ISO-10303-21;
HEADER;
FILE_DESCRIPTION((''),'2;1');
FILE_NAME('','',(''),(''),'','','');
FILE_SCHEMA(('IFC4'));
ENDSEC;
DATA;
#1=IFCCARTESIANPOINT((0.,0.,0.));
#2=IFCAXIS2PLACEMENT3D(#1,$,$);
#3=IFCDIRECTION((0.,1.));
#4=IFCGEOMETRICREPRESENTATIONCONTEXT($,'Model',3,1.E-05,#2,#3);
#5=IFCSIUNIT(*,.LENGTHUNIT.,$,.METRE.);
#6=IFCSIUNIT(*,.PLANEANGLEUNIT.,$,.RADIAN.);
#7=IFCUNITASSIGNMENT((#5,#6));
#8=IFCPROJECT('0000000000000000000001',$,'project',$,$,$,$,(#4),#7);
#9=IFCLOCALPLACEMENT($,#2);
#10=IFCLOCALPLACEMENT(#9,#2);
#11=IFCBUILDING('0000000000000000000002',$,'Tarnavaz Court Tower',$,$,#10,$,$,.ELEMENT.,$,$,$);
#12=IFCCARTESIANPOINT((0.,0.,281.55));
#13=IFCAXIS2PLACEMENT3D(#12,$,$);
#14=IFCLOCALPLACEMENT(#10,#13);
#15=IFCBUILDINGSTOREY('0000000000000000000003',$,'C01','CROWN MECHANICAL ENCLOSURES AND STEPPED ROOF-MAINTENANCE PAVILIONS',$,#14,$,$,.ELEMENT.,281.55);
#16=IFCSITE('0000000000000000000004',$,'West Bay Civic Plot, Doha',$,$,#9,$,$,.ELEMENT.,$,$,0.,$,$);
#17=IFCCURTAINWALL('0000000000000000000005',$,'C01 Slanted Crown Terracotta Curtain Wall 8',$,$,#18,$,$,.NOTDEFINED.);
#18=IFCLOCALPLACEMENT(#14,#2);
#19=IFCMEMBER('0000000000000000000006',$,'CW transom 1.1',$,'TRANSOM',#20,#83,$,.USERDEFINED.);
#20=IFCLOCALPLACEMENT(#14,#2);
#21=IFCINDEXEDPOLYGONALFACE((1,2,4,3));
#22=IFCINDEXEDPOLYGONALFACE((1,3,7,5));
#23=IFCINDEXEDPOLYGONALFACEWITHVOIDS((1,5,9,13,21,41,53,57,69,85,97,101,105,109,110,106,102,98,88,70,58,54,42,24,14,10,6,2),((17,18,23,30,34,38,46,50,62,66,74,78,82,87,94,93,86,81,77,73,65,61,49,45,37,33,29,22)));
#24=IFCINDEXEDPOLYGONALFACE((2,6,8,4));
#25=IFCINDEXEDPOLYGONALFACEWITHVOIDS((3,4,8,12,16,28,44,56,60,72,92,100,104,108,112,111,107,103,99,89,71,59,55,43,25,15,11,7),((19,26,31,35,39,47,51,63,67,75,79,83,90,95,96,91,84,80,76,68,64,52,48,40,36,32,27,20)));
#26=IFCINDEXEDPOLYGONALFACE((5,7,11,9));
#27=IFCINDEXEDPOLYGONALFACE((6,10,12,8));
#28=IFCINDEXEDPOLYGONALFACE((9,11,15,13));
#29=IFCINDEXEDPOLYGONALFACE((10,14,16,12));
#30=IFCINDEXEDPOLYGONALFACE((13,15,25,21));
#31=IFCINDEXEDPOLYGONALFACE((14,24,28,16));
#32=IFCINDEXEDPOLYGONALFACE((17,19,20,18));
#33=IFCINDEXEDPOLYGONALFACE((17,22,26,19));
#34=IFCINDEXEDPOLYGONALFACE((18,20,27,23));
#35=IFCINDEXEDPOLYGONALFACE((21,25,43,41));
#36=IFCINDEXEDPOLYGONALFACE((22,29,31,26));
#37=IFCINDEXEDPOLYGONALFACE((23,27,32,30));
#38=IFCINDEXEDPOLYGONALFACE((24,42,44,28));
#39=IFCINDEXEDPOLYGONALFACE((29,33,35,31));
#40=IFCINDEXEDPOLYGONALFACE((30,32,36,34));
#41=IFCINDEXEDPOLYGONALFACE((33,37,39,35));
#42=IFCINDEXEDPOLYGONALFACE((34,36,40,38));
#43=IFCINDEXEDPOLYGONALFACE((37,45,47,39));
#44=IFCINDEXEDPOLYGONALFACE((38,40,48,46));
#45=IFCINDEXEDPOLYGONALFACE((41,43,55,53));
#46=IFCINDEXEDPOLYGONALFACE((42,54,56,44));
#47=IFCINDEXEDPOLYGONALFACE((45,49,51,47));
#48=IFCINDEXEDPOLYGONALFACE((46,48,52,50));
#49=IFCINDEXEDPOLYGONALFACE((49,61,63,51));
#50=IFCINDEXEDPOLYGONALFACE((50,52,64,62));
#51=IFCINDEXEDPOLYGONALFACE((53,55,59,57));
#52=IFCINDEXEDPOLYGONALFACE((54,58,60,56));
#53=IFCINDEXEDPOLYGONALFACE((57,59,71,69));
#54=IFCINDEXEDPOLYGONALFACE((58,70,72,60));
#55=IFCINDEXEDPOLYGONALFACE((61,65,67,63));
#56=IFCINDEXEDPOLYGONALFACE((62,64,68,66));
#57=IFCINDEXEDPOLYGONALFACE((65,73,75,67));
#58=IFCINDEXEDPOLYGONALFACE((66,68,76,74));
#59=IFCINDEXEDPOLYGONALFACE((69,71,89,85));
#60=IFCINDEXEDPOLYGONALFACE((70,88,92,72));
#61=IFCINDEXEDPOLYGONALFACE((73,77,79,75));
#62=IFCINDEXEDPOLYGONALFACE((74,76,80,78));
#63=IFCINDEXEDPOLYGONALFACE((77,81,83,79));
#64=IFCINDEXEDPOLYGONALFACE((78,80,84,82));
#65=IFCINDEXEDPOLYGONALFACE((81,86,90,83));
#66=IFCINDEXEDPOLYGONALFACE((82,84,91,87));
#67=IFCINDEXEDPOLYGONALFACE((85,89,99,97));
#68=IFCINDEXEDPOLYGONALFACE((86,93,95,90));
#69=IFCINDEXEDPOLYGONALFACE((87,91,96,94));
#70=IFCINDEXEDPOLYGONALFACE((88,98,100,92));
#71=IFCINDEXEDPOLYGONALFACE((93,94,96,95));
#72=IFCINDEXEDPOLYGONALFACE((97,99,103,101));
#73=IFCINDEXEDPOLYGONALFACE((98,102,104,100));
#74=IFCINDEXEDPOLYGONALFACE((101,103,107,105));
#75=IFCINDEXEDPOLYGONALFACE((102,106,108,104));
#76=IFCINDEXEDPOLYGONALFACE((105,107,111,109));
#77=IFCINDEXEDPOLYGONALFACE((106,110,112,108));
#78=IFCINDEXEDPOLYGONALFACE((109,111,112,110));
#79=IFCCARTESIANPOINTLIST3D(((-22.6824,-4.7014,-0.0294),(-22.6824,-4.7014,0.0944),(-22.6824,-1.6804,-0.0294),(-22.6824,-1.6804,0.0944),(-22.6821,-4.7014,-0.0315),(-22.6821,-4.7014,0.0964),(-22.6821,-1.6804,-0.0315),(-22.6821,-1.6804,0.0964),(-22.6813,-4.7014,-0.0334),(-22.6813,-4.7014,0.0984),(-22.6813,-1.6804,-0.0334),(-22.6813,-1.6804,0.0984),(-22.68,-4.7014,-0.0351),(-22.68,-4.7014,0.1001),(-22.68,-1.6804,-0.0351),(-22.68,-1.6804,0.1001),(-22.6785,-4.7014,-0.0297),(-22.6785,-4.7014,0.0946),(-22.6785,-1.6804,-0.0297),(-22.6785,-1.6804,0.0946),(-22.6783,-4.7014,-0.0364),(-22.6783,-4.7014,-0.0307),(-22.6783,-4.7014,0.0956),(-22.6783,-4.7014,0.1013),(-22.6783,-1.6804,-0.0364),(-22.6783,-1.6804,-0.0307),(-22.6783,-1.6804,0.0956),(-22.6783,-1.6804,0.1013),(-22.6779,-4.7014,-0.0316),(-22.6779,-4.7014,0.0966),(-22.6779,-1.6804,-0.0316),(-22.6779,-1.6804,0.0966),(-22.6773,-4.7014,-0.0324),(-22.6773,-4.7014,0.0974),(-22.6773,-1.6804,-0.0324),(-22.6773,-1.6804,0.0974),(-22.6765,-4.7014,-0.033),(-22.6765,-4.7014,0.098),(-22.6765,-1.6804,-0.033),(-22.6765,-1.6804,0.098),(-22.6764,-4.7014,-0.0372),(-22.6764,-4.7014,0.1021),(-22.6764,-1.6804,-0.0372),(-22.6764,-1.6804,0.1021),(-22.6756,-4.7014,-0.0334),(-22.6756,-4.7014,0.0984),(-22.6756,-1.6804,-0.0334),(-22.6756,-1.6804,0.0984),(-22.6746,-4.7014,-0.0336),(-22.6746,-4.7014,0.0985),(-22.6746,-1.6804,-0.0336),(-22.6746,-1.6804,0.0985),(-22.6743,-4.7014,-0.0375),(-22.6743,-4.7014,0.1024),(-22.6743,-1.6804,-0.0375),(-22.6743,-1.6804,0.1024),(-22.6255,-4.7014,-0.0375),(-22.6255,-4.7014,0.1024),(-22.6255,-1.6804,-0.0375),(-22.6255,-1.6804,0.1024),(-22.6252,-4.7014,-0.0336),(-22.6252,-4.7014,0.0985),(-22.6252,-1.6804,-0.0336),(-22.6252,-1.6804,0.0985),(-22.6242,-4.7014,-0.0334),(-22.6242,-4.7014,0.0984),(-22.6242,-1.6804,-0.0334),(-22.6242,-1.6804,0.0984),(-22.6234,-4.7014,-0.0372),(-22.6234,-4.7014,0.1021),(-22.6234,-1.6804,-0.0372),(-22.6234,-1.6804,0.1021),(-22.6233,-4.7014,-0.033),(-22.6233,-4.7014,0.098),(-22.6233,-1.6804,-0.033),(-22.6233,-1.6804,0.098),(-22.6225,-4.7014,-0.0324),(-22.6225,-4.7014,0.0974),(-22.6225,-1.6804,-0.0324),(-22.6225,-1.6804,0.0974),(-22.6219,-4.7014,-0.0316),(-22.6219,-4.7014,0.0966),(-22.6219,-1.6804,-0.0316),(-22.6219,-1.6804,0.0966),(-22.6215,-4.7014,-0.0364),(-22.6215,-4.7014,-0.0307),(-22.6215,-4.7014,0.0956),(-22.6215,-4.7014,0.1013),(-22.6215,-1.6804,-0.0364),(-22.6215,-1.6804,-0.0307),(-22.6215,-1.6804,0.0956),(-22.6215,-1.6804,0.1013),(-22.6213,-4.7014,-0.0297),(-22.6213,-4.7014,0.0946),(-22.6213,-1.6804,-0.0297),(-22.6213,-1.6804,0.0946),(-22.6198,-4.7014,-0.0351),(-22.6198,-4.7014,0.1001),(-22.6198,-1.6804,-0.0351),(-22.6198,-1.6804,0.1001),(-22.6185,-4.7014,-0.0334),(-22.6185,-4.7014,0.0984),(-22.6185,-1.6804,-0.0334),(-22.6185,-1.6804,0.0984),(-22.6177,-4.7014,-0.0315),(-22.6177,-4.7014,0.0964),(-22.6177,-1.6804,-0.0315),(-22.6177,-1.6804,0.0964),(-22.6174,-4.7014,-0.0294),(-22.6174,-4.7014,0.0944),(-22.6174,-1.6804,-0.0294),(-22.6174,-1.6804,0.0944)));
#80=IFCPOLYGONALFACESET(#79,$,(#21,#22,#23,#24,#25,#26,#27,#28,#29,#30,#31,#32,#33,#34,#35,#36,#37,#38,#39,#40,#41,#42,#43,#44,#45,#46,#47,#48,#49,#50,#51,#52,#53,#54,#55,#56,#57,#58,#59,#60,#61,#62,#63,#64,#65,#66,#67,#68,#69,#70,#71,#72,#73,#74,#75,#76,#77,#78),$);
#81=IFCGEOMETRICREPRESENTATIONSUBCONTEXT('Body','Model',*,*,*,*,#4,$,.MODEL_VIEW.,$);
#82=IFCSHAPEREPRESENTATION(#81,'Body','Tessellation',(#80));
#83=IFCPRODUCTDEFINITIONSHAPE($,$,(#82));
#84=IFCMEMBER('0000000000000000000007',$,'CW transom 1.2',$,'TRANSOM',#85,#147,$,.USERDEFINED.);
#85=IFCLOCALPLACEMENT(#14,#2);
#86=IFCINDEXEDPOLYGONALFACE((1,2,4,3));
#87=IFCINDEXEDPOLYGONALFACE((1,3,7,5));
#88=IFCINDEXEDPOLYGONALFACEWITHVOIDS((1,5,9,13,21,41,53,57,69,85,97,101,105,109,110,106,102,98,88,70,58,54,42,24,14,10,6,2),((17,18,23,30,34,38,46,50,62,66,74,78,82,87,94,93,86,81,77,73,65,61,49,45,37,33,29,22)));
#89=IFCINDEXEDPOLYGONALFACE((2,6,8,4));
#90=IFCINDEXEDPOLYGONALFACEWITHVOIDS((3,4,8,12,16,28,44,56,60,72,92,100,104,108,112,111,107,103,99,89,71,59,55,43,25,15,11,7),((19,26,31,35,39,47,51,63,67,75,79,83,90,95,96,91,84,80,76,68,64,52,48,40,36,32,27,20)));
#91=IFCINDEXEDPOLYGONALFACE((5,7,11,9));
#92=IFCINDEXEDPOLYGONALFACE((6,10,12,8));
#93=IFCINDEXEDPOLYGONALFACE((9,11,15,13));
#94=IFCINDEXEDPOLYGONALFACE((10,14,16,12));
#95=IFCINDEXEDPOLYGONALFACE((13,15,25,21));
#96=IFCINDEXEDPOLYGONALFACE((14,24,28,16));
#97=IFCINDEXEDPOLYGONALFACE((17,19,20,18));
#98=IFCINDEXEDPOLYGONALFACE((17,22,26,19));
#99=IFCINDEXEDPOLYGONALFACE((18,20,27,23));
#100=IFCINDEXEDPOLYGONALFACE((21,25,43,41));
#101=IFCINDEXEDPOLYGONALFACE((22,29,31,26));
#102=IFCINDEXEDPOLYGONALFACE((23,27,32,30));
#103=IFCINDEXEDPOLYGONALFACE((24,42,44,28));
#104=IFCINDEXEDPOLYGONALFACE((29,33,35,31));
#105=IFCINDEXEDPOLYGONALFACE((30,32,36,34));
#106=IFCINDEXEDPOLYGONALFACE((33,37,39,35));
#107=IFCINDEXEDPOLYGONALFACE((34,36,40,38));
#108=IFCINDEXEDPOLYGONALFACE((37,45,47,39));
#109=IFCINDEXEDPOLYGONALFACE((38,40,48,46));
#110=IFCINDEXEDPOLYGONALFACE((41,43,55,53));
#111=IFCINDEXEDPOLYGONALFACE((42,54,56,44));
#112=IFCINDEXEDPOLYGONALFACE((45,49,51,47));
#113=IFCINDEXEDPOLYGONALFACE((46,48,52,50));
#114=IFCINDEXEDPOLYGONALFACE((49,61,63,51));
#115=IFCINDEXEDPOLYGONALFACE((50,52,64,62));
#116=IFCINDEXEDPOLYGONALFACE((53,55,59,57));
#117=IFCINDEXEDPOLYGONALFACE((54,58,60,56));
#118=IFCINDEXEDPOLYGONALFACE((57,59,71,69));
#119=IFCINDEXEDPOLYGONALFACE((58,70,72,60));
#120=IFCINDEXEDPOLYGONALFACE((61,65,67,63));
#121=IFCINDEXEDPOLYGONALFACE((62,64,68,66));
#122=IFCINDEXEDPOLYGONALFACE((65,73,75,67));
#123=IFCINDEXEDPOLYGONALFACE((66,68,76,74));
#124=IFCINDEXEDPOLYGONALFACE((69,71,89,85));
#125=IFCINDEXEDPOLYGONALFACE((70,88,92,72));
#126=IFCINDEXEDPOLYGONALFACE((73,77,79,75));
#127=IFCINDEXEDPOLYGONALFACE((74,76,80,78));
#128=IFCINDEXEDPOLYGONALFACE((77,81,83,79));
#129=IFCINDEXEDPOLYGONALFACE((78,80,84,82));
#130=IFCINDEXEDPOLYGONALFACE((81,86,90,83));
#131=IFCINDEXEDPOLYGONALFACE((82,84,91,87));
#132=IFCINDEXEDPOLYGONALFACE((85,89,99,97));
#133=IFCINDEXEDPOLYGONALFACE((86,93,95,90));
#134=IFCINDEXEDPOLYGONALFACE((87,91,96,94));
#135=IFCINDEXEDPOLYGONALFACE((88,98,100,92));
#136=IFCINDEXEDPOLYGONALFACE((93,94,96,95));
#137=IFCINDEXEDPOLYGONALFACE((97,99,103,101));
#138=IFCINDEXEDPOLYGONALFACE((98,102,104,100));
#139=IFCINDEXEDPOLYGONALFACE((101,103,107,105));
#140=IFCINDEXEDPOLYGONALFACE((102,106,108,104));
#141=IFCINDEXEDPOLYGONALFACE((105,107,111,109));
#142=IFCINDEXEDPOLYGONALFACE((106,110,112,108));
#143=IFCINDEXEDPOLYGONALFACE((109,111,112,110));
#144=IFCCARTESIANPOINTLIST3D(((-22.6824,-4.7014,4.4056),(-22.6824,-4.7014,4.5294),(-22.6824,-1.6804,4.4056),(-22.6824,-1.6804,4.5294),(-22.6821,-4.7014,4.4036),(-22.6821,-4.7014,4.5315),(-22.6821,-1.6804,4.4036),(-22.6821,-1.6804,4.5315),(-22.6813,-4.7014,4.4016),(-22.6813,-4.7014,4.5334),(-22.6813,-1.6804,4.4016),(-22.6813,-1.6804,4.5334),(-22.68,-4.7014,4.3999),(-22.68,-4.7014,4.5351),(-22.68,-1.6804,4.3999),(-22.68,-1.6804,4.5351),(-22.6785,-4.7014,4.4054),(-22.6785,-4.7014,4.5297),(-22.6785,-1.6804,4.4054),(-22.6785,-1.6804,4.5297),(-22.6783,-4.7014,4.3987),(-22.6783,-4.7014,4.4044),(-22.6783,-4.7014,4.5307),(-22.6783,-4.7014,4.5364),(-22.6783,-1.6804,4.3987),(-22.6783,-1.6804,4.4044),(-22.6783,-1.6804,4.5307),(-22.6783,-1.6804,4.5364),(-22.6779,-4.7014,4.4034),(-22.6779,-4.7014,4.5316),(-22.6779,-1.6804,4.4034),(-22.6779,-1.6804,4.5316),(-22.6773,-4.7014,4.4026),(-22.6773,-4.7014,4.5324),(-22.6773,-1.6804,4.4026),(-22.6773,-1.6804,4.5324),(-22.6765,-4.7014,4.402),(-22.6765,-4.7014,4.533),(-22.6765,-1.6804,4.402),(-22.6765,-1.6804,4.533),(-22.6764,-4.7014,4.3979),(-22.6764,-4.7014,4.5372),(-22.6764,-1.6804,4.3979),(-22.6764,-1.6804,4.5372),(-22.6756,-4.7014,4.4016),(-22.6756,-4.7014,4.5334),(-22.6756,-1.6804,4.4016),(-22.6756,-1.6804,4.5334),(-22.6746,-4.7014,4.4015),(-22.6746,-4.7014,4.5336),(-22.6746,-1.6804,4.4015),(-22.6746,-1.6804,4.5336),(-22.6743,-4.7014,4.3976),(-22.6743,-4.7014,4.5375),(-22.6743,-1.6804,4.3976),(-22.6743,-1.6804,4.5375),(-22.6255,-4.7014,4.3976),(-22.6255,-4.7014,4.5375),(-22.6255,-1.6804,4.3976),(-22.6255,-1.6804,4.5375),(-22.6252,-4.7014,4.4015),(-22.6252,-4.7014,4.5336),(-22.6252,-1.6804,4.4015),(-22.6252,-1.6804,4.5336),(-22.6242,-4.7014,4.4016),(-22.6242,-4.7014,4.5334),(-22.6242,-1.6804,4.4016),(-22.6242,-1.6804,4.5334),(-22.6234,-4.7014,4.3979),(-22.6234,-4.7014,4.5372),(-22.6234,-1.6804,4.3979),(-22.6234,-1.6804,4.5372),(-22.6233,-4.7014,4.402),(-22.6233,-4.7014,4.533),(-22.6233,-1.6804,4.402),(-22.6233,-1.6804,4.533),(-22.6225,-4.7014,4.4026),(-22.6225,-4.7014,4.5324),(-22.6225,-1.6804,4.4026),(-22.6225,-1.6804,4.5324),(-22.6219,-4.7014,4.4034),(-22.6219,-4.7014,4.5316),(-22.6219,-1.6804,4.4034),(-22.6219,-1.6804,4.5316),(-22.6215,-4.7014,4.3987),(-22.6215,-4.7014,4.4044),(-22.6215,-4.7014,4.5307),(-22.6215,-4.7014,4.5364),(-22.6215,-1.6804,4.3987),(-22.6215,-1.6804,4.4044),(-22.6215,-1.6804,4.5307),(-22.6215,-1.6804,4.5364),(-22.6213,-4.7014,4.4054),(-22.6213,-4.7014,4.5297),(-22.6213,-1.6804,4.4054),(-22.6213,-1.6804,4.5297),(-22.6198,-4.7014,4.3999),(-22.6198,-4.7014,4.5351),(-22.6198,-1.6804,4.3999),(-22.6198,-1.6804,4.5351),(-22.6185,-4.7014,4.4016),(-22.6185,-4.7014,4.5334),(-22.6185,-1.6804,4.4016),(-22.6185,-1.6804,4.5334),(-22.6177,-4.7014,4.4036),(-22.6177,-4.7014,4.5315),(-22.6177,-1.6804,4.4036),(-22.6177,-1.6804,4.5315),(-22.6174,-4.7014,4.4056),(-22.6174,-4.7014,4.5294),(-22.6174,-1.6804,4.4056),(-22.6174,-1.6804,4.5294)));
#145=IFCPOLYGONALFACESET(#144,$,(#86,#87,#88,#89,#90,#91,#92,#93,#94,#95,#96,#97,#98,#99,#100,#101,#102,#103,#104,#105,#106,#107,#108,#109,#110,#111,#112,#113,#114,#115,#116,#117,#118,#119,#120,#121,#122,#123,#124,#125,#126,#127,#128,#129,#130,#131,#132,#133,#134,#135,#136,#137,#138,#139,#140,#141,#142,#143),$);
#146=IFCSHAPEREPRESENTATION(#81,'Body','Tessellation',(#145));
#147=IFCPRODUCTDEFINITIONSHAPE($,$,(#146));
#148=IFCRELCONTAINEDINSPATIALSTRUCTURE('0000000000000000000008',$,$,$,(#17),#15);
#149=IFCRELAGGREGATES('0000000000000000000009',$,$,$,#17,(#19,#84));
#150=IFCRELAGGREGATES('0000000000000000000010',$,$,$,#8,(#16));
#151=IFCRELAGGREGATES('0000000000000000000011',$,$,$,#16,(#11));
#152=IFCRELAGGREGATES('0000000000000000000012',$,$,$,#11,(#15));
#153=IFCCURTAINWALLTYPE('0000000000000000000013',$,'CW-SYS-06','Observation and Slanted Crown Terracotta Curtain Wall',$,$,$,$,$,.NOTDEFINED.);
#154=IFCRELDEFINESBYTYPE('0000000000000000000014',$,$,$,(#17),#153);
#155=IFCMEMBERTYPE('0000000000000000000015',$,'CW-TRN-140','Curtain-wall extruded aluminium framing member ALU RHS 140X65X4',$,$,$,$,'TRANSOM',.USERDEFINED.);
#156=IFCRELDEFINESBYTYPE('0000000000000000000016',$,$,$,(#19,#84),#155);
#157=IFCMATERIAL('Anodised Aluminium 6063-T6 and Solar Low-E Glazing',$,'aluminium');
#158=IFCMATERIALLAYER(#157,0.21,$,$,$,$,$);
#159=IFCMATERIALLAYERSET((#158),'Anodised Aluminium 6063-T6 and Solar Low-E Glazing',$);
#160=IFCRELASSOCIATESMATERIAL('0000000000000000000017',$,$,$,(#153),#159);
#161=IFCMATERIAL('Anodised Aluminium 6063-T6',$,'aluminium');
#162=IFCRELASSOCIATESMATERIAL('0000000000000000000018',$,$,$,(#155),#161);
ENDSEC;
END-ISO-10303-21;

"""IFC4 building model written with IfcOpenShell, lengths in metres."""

from ifc_helpers import new_model, si_unit, direction, frame, origin, origin_2d, place, context, subcontext, project, spatial, hollow_rectangle, extrude, material, layer, layer_set, material_profile, profile_set, type_object, element, aggregate, save


model = new_model("IFC4")

# Units and contexts
model_context = context("Model", 3, precision=1e-05, world=origin(), true_north=direction((0.0, 1.0)))
body_context = subcontext(model_context, "Body", "Model", "MODEL_VIEW")
ifc_project = project(units=[si_unit("LENGTHUNIT", "METRE"), si_unit("PLANEANGLEUNIT", "RADIAN")], contexts=[model_context])

# Site, building, storey
site_placement = place(None, origin())
site = spatial("IfcSite", under=ifc_project, at=site_placement, Name="West Bay Civic Plot, Doha", CompositionType="ELEMENT", RefElevation=0.0)
building_placement = place(site_placement, origin())
building = spatial("IfcBuilding", under=site, at=building_placement, Name="Tarnavaz Court Tower", CompositionType="ELEMENT")
storey_placement = place(building_placement, frame((0.0, 0.0, 281.55)))
storey = spatial("IfcBuildingStorey", under=building, at=storey_placement, Name="C01", Description="CROWN MECHANICAL ENCLOSURES AND STEPPED ROOF-MAINTENANCE PAVILIONS", CompositionType="ELEMENT", Elevation=281.55)

# Shared definitions
ifc_material_1 = material(Name="Anodised Aluminium 6063-T6 and Solar Low-E Glazing", Category="aluminium")
ifc_layer_1 = layer(ifc_material_1, 0.21)
ifc_layer_set_1 = layer_set([ifc_layer_1], Name="Anodised Aluminium 6063-T6 and Solar Low-E Glazing")
curtain_wall_type = type_object("IfcCurtainWallType", Name="CW-SYS-06", Description="Observation and Slanted Crown Terracotta Curtain Wall", PredefinedType="NOTDEFINED", material=ifc_layer_set_1)
ifc_material_2 = material(Name="Anodised Aluminium 6063-T6", Category="aluminium")

# Curtain wall
curtain_wall_1_placement = place(storey_placement, origin())
curtain_wall_1 = element("IfcCurtainWall", 1, at=curtain_wall_1_placement, inside=storey, type_object=curtain_wall_type, Name="C01 Slanted Crown Terracotta Curtain Wall 8", PredefinedType="NOTDEFINED")

# Members
ifc_material_profile_1 = material_profile(ifc_material_2, hollow_rectangle(XDim=0.0649, YDim=0.1399, WallThickness=0.0039, InnerFilletRadius=0.0039, OuterFilletRadius=0.0081, at=origin_2d()), Name="ALU RHS 140X65X4")
ifc_profile_set_1 = profile_set([ifc_material_profile_1], Name="Anodised Aluminium 6063-T6")
member_type_1 = type_object("IfcMemberType", Name="CW-TRN-140", Description="Curtain-wall extruded aluminium framing member ALU RHS 140X65X4", ElementType="TRANSOM", PredefinedType="USERDEFINED", material=ifc_profile_set_1)
member_1_placement = place(storey_placement, frame((-22.6499, -4.7014, 0.0325), z_axis=(0.0, 1.0, 0.0), x_axis=(-1.0, 0.0, 0.0)))
member_1 = element("IfcMember", 2, at=member_1_placement, type_object=member_type_1, Name="CW transom 1.1", ObjectType="TRANSOM", PredefinedType="USERDEFINED", context=body_context, shape_type="SweptSolid", body=[
    extrude(hollow_rectangle(XDim=0.0649, YDim=0.1399, WallThickness=0.0039, InnerFilletRadius=0.0039, OuterFilletRadius=0.0081, at=origin_2d()), origin(), (0.0, 0.0, 1.0), 3.021),
])
member_2_placement = place(storey_placement, frame((-22.6499, -4.7014, 4.4675), z_axis=(0.0, 1.0, 0.0), x_axis=(-1.0, 0.0, 0.0)))
member_2 = element("IfcMember", 3, at=member_2_placement, type_object=member_type_1, Name="CW transom 1.2", ObjectType="TRANSOM", PredefinedType="USERDEFINED", context=body_context, shape_type="SweptSolid", body=[
    extrude(hollow_rectangle(XDim=0.0649, YDim=0.1399, WallThickness=0.0039, InnerFilletRadius=0.0039, OuterFilletRadius=0.0081, at=origin_2d()), origin(), (0.0, 0.0, 1.0), 3.021),
])

aggregate(curtain_wall_1, [member_1, member_2])

save(model, "model.ifc")
